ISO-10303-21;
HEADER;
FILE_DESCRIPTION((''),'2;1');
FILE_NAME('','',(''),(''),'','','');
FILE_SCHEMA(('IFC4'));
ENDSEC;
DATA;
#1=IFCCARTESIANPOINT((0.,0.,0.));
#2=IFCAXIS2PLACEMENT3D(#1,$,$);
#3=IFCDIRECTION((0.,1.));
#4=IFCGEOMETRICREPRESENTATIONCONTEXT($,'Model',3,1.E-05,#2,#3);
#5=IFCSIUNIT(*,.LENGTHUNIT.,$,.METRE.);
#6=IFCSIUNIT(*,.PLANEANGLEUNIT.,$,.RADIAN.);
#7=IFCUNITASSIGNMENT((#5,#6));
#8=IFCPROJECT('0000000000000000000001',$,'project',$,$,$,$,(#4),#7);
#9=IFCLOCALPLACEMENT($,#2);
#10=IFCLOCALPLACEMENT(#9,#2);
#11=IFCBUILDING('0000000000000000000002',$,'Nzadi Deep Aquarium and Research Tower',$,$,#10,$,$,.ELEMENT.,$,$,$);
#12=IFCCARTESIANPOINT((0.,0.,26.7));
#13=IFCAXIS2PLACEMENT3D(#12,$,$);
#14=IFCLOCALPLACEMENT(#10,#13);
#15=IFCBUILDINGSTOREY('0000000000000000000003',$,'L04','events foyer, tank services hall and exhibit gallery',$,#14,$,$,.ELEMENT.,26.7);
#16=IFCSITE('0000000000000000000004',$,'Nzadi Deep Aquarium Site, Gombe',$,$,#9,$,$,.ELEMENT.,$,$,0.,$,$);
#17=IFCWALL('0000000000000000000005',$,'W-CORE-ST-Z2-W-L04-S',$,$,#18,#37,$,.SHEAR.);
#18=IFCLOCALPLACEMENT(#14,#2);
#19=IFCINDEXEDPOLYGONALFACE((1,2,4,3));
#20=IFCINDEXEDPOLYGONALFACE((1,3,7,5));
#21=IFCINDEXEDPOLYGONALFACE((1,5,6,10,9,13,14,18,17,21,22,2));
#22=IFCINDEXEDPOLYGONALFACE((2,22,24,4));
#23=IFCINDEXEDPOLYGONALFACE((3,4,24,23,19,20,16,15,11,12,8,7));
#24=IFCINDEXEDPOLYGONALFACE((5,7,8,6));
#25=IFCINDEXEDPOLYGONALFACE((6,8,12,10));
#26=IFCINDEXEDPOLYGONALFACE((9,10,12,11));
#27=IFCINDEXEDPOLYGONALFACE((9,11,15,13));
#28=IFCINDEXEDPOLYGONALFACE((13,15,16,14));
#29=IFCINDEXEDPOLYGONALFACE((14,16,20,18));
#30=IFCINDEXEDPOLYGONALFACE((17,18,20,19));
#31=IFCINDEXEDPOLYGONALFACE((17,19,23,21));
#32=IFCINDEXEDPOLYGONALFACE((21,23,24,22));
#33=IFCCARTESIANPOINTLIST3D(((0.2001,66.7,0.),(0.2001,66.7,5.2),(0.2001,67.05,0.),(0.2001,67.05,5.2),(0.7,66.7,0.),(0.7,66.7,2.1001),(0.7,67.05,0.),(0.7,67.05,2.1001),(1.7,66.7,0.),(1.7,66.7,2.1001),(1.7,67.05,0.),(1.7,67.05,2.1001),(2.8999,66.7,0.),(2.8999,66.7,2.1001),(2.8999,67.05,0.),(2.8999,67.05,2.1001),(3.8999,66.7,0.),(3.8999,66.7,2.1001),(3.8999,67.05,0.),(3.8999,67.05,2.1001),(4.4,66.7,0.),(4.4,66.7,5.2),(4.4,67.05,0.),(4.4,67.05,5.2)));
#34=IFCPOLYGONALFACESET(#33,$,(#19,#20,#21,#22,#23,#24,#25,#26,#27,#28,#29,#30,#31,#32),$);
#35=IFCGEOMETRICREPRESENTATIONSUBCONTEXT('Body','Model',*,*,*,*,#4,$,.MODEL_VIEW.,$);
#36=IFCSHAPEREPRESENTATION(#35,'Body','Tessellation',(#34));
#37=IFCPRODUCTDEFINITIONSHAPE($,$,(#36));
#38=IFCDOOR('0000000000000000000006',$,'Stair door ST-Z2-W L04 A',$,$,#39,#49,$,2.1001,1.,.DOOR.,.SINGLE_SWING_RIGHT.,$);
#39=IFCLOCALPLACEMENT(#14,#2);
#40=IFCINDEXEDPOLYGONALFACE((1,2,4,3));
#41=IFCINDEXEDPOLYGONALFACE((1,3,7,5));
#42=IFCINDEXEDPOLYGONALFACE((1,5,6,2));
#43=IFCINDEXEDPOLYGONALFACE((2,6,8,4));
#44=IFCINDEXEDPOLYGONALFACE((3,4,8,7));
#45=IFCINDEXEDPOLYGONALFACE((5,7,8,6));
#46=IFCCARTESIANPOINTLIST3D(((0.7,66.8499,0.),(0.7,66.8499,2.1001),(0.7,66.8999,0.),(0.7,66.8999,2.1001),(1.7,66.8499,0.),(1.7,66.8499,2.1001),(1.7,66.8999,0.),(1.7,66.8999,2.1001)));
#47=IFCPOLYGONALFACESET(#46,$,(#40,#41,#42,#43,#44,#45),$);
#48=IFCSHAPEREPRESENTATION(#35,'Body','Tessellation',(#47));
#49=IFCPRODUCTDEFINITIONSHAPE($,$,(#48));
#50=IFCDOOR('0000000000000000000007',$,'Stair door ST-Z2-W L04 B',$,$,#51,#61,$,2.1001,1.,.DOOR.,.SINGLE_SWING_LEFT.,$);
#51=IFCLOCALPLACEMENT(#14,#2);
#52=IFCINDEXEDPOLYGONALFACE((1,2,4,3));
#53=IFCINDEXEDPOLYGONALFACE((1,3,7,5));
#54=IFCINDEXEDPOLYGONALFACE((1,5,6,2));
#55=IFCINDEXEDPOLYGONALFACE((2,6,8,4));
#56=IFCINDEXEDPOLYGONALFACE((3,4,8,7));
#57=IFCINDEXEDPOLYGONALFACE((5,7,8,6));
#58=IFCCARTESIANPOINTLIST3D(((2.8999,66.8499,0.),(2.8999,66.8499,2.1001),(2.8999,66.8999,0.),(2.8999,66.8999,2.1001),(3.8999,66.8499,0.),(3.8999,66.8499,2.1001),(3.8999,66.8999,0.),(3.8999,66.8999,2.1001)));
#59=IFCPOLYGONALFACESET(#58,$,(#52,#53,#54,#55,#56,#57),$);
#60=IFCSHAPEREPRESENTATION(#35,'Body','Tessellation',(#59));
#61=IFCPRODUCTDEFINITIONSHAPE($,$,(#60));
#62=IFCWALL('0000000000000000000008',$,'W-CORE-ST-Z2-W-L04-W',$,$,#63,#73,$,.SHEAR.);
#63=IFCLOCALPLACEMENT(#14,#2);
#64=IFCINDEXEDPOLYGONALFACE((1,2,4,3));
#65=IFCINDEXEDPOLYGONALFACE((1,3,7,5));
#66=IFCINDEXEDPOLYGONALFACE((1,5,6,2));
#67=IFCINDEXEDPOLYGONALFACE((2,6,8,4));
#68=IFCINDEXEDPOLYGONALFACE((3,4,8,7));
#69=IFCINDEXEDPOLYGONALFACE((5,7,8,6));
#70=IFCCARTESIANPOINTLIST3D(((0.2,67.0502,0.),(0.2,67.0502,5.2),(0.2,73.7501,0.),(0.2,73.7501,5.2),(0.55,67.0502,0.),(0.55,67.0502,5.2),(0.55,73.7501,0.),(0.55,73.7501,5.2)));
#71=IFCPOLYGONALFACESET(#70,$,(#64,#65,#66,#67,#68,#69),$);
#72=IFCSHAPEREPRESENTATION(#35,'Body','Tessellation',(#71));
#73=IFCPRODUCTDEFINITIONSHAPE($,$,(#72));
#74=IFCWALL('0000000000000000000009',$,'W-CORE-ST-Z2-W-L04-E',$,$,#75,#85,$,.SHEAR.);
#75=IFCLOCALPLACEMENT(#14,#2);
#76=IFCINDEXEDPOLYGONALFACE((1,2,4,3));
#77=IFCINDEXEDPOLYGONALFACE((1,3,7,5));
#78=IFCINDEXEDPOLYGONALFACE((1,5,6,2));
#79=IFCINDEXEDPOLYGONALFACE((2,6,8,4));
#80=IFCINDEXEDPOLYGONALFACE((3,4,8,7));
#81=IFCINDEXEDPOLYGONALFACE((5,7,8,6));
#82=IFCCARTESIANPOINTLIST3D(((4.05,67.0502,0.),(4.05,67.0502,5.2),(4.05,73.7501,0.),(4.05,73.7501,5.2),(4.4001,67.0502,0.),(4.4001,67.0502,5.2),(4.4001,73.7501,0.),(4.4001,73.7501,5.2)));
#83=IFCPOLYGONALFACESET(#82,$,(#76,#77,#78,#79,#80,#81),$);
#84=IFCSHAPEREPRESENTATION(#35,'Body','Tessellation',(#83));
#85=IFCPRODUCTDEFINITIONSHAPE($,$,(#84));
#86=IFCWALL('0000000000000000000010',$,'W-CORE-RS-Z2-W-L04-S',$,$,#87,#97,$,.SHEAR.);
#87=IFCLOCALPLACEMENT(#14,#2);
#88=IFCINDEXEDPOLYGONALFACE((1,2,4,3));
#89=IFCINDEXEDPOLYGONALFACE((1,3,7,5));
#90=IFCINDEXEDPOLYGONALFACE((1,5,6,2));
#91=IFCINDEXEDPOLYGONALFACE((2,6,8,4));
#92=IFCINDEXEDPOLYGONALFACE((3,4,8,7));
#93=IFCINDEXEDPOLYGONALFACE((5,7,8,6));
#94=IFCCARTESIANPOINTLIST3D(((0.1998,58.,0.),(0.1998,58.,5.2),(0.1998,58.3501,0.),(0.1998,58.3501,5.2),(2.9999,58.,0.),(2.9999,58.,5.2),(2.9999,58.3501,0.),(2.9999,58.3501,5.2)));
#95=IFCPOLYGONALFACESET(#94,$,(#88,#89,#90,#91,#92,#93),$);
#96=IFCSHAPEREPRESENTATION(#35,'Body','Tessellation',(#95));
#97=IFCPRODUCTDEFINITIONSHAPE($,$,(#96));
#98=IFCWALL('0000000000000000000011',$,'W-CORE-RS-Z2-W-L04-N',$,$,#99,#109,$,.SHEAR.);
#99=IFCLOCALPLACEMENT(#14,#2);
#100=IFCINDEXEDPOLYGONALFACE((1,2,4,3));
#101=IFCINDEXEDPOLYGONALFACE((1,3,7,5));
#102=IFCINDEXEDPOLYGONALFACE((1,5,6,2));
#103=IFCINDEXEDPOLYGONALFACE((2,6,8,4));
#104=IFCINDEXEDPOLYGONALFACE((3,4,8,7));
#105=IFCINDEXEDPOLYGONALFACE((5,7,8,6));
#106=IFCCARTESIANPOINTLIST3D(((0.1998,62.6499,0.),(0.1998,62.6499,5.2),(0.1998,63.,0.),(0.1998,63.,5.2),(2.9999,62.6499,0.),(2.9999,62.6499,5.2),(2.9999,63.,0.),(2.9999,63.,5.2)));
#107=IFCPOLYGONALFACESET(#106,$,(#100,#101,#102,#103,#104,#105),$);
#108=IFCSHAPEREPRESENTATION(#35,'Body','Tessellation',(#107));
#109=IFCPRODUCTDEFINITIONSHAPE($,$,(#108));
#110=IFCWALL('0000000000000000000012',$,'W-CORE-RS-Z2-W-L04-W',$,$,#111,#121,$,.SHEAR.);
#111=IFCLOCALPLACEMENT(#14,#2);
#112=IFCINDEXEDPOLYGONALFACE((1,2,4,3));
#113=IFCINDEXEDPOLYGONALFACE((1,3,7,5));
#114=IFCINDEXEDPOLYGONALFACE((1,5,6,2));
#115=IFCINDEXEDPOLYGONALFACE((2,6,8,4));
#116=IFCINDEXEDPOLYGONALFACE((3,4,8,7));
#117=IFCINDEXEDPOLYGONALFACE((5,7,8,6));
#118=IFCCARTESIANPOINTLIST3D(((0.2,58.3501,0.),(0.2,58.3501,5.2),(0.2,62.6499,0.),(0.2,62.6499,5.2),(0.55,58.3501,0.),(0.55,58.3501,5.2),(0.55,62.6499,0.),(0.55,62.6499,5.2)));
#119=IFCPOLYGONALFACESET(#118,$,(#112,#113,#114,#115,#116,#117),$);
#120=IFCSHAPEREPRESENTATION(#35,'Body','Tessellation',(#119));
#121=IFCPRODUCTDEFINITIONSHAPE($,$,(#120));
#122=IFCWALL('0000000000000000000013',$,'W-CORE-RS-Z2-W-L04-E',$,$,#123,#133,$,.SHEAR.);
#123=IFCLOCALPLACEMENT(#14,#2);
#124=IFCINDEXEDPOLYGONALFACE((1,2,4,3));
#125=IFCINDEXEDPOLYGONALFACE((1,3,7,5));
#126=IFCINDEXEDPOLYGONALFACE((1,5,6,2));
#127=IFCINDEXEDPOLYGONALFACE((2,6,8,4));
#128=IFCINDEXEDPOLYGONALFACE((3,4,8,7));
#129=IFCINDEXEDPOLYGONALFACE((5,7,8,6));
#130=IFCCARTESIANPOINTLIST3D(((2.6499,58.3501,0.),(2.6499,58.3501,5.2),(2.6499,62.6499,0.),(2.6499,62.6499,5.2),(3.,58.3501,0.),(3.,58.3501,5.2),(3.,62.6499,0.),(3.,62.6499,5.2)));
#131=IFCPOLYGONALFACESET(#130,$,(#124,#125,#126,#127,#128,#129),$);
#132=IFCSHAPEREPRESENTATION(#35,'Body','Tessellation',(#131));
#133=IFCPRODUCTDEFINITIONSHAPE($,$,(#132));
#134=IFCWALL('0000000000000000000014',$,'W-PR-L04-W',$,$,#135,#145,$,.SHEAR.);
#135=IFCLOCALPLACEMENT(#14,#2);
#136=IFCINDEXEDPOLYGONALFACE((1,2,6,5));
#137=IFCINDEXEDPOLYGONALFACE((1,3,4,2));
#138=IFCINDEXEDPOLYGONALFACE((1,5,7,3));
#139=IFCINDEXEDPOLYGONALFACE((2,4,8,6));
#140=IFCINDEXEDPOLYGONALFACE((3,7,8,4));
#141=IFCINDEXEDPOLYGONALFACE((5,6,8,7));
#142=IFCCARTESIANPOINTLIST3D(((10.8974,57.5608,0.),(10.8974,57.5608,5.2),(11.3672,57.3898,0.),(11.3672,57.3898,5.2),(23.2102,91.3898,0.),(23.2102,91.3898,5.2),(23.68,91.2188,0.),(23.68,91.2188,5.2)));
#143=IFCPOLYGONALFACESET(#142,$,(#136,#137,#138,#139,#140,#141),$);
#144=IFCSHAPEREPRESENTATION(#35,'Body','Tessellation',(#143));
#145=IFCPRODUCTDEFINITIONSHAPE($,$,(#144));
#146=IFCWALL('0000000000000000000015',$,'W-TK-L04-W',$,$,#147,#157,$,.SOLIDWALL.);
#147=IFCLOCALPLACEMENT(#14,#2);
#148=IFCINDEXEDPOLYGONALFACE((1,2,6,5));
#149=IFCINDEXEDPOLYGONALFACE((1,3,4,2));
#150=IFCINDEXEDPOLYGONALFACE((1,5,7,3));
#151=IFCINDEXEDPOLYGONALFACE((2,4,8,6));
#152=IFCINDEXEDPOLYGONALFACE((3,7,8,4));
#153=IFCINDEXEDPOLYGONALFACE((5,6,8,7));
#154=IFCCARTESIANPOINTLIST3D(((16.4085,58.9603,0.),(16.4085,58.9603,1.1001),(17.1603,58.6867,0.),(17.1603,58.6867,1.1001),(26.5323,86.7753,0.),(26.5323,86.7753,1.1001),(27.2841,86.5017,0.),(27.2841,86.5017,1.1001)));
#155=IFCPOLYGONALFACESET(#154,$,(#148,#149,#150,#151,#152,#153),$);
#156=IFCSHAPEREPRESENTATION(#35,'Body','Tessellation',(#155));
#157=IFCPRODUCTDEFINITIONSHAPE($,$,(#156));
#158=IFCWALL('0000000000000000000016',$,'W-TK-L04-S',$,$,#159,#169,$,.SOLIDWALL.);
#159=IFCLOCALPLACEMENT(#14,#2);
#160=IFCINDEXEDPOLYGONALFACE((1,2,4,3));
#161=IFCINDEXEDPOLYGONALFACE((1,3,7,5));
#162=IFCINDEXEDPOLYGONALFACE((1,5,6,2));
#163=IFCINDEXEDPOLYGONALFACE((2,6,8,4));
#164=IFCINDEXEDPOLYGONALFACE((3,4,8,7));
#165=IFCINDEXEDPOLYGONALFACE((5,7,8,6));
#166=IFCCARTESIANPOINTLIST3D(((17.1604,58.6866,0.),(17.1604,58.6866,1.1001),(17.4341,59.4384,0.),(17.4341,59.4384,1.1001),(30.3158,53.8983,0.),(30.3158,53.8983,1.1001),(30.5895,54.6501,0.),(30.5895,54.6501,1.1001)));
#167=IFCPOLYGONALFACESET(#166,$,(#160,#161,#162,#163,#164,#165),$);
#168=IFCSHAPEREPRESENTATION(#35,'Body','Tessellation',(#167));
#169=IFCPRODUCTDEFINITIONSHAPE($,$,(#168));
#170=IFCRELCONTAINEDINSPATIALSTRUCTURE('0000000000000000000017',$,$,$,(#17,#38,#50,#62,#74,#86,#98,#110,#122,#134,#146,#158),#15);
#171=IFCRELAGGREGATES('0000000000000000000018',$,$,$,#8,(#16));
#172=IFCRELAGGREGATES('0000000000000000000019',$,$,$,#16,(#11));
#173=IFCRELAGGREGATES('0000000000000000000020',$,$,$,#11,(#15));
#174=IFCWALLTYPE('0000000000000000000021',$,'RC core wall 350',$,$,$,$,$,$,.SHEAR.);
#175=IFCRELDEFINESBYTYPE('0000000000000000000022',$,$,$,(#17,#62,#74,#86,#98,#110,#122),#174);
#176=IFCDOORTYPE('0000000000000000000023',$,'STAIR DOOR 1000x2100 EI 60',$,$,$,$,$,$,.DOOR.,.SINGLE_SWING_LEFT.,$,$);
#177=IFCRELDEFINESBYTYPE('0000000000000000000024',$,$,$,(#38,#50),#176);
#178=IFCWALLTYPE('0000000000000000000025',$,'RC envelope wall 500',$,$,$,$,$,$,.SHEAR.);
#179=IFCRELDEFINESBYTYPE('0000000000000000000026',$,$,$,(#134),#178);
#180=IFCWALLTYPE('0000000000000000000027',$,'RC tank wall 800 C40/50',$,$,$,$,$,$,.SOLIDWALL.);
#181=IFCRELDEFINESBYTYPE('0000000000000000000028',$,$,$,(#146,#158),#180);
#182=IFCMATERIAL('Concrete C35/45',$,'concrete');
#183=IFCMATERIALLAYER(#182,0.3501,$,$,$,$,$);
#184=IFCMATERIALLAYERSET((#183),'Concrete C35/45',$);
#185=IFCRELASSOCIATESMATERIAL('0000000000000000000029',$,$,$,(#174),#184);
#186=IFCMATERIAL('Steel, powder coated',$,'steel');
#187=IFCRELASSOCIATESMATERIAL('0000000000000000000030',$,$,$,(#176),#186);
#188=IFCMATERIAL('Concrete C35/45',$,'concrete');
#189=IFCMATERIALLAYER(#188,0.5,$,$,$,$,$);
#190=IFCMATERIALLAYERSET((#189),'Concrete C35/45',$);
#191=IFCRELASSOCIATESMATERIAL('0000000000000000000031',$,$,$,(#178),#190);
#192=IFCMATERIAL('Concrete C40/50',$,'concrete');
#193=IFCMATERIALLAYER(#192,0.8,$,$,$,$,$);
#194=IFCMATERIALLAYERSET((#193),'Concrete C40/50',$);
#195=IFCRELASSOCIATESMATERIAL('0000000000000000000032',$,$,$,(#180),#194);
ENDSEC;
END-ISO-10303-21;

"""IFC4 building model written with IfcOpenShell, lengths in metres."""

from ifc_helpers import new_model, si_unit, direction, frame, frame_2d, origin, place, context, subcontext, project, spatial, rectangle, extrude, material, layer, layer_set, type_object, element, fill, save


model = new_model("IFC4")

# Units and contexts
model_context = context("Model", 3, precision=1e-05, world=origin(), true_north=direction((0.0, 1.0)))
body_context = subcontext(model_context, "Body", "Model", "MODEL_VIEW")
ifc_project = project(units=[si_unit("LENGTHUNIT", "METRE"), si_unit("PLANEANGLEUNIT", "RADIAN")], contexts=[model_context])

# Site, building, storey
site_placement = place(None, origin())
site = spatial("IfcSite", under=ifc_project, at=site_placement, Name="Nzadi Deep Aquarium Site, Gombe", CompositionType="ELEMENT", RefElevation=0.0)
building_placement = place(site_placement, origin())
building = spatial("IfcBuilding", under=site, at=building_placement, Name="Nzadi Deep Aquarium and Research Tower", CompositionType="ELEMENT")
storey_placement = place(building_placement, frame((0.0, 0.0, 26.7)))
storey = spatial("IfcBuildingStorey", under=building, at=storey_placement, Name="L04", Description="events foyer, tank services hall and exhibit gallery", CompositionType="ELEMENT", Elevation=26.7)

# Wall, openings, doors
ifc_material_1 = material(Name="Concrete C35/45", Category="concrete")
ifc_layer_1 = layer(ifc_material_1, 0.3501)
ifc_layer_set_1 = layer_set([ifc_layer_1], Name="Concrete C35/45")
wall_type_1 = type_object("IfcWallType", Name="RC core wall 350", PredefinedType="SHEAR", material=ifc_layer_set_1)
wall_1_placement = place(storey_placement, frame((0.2, 66.875, 0.0), z_axis=(0.0, 0.0, 1.0), x_axis=(1.0, 0.0, 0.0)))
wall_1 = element("IfcWall", 1, at=wall_1_placement, inside=storey, type_object=wall_type_1, Name="W-CORE-ST-Z2-W-L04-S", PredefinedType="SHEAR", context=body_context, shape_type="SweptSolid", body=[
    extrude(rectangle(XDim=4.2, YDim=0.3501, at=frame_2d((2.1001, 0.0))), origin(), (0.0, 0.0, 1.0), 5.2),
])
opening_1_placement = place(wall_1_placement, frame((0.5, 0.0, 0.0)))
opening_1 = element("IfcOpeningElement", 2, at=opening_1_placement, cuts=wall_1, PredefinedType="OPENING", context=body_context, shape_type="SweptSolid", body=[
    extrude(rectangle(XDim=1.0, YDim=2.1001, at=frame_2d((0.5, 1.05))), frame((0.0, 0.1851, 0.0), z_axis=(0.0, -1.0, 0.0), x_axis=(1.0, 0.0, 0.0)), (0.0, 0.0, 1.0), 0.3701),
])
opening_2_placement = place(wall_1_placement, frame((2.7, 0.0, 0.0)))
opening_2 = element("IfcOpeningElement", 3, at=opening_2_placement, cuts=wall_1, PredefinedType="OPENING", context=body_context, shape_type="SweptSolid", body=[
    extrude(rectangle(XDim=1.0, YDim=2.1001, at=frame_2d((0.5, 1.05))), frame((0.0, 0.1851, 0.0), z_axis=(0.0, -1.0, 0.0), x_axis=(1.0, 0.0, 0.0)), (0.0, 0.0, 1.0), 0.3701),
])
ifc_material_2 = material(Name="Steel, powder coated", Category="steel")
door_type_1 = type_object("IfcDoorType", Name="STAIR DOOR 1000x2100 EI 60", OperationType="SINGLE_SWING_LEFT", PredefinedType="DOOR", material=ifc_material_2)
door_1_placement = place(opening_1_placement, origin())
door_1 = element("IfcDoor", 4, at=door_1_placement, inside=storey, type_object=door_type_1, Name="Stair door ST-Z2-W L04 A", OperationType="SINGLE_SWING_RIGHT", OverallHeight=2.1001, OverallWidth=1.0, PredefinedType="DOOR", context=body_context, shape_type="SweptSolid", body=[
    extrude(rectangle(XDim=1.0, YDim=2.1001, at=frame_2d((0.5, 1.05))), frame((0.0, 0.0249, 0.0), z_axis=(0.0, -1.0, 0.0), x_axis=(1.0, 0.0, 0.0)), (0.0, 0.0, 1.0), 0.05),
])
fill(opening_1, door_1)
door_2_placement = place(opening_2_placement, origin())
door_2 = element("IfcDoor", 5, at=door_2_placement, inside=storey, type_object=door_type_1, Name="Stair door ST-Z2-W L04 B", OperationType="SINGLE_SWING_LEFT", OverallHeight=2.1001, OverallWidth=1.0, PredefinedType="DOOR", context=body_context, shape_type="SweptSolid", body=[
    extrude(rectangle(XDim=1.0, YDim=2.1001, at=frame_2d((0.5, 1.05))), frame((0.0, 0.0249, 0.0), z_axis=(0.0, -1.0, 0.0), x_axis=(1.0, 0.0, 0.0)), (0.0, 0.0, 1.0), 0.05),
])
fill(opening_2, door_2)

# Walls
for number, where, z_axis, x_axis, name in (
    (6, (0.375, 67.05, 0.0), (0.0, 0.0, 1.0), (0.0, 1.0, 0.0), "W-CORE-ST-Z2-W-L04-W"),
    (7, (4.2251, 67.05, 0.0), (0.0, 0.0, 1.0), (0.0, 1.0, 0.0), "W-CORE-ST-Z2-W-L04-E"),
):
    element("IfcWall", number, at=place(storey_placement, frame(where, z_axis=z_axis, x_axis=x_axis)), inside=storey, type_object=wall_type_1, Name=name, PredefinedType="SHEAR", context=body_context, shape_type="SweptSolid", body=[
        extrude(rectangle(XDim=6.7, YDim=0.3501, at=frame_2d((3.3501, 0.0))), origin(), (0.0, 0.0, 1.0), 5.2),
    ])
for number, where, z_axis, x_axis, name in (
    (8, (0.2, 58.175, 0.0), (0.0, 0.0, 1.0), (1.0, 0.0, 0.0), "W-CORE-RS-Z2-W-L04-S"),
    (9, (0.2, 62.825, 0.0), (0.0, 0.0, 1.0), (1.0, 0.0, 0.0), "W-CORE-RS-Z2-W-L04-N"),
):
    element("IfcWall", number, at=place(storey_placement, frame(where, z_axis=z_axis, x_axis=x_axis)), inside=storey, type_object=wall_type_1, Name=name, PredefinedType="SHEAR", context=body_context, shape_type="SweptSolid", body=[
        extrude(rectangle(XDim=2.8, YDim=0.3501, at=frame_2d((1.3999, 0.0))), origin(), (0.0, 0.0, 1.0), 5.2),
    ])
for number, where, z_axis, x_axis, name in (
    (10, (0.375, 58.3501, 0.0), (0.0, 0.0, 1.0), (0.0, 1.0, 0.0), "W-CORE-RS-Z2-W-L04-W"),
    (11, (2.825, 58.3501, 0.0), (0.0, 0.0, 1.0), (0.0, 1.0, 0.0), "W-CORE-RS-Z2-W-L04-E"),
):
    element("IfcWall", number, at=place(storey_placement, frame(where, z_axis=z_axis, x_axis=x_axis)), inside=storey, type_object=wall_type_1, Name=name, PredefinedType="SHEAR", context=body_context, shape_type="SweptSolid", body=[
        extrude(rectangle(XDim=4.2998, YDim=0.3501, at=frame_2d((2.1499, 0.0))), origin(), (0.0, 0.0, 1.0), 5.2),
    ])
ifc_material_3 = material(Name="Concrete C35/45", Category="concrete")
ifc_layer_2 = layer(ifc_material_3, 0.5)
ifc_layer_set_2 = layer_set([ifc_layer_2], Name="Concrete C35/45")
wall_type_2 = type_object("IfcWallType", Name="RC envelope wall 500", PredefinedType="SHEAR", material=ifc_layer_set_2)
wall_2_placement = place(storey_placement, frame((11.1323, 57.4753, 0.0), z_axis=(0.0, 0.0, 1.0), x_axis=(0.342021, 0.939692, 0.0)))
element("IfcWall", 12, at=wall_2_placement, inside=storey, type_object=wall_type_2, Name="W-PR-L04-W", PredefinedType="SHEAR", context=body_context, shape_type="SweptSolid", body=[
    extrude(rectangle(XDim=36.0, YDim=0.5, at=frame_2d((18.0, 0.0))), origin(), (0.0, 0.0, 1.0), 5.2),
])

# Walls
ifc_material_4 = material(Name="Concrete C40/50", Category="concrete")
ifc_layer_3 = layer(ifc_material_4, 0.8)
ifc_layer_set_3 = layer_set([ifc_layer_3], Name="Concrete C40/50")
wall_type_3 = type_object("IfcWallType", Name="RC tank wall 800 C40/50", PredefinedType="SOLIDWALL", material=ifc_layer_set_3)
wall_3_placement = place(storey_placement, frame((16.7844, 58.8235, 0.0), z_axis=(0.0, 0.0, 1.0), x_axis=(0.342019, 0.939693, 0.0)))
element("IfcWall", 13, at=wall_3_placement, inside=storey, type_object=wall_type_3, Name="W-TK-L04-W", PredefinedType="SOLIDWALL", context=body_context, shape_type="SweptSolid", body=[
    extrude(rectangle(XDim=29.6001, YDim=0.8, at=frame_2d((14.8, 0.0))), origin(), (0.0, 0.0, 1.0), 1.1001),
])
wall_4_placement = place(storey_placement, frame((17.2971, 59.0625, 0.0), z_axis=(0.0, 0.0, 1.0), x_axis=(0.93969, -0.342027, 0.0)))
element("IfcWall", 14, at=wall_4_placement, inside=storey, type_object=wall_type_3, Name="W-TK-L04-S", PredefinedType="SOLIDWALL", context=body_context, shape_type="SweptSolid", body=[
    extrude(rectangle(XDim=13.9998, YDim=0.8, at=frame_2d((7.0, 0.0))), origin(), (0.0, 0.0, 1.0), 1.1001),
])

save(model, "model.ifc")
